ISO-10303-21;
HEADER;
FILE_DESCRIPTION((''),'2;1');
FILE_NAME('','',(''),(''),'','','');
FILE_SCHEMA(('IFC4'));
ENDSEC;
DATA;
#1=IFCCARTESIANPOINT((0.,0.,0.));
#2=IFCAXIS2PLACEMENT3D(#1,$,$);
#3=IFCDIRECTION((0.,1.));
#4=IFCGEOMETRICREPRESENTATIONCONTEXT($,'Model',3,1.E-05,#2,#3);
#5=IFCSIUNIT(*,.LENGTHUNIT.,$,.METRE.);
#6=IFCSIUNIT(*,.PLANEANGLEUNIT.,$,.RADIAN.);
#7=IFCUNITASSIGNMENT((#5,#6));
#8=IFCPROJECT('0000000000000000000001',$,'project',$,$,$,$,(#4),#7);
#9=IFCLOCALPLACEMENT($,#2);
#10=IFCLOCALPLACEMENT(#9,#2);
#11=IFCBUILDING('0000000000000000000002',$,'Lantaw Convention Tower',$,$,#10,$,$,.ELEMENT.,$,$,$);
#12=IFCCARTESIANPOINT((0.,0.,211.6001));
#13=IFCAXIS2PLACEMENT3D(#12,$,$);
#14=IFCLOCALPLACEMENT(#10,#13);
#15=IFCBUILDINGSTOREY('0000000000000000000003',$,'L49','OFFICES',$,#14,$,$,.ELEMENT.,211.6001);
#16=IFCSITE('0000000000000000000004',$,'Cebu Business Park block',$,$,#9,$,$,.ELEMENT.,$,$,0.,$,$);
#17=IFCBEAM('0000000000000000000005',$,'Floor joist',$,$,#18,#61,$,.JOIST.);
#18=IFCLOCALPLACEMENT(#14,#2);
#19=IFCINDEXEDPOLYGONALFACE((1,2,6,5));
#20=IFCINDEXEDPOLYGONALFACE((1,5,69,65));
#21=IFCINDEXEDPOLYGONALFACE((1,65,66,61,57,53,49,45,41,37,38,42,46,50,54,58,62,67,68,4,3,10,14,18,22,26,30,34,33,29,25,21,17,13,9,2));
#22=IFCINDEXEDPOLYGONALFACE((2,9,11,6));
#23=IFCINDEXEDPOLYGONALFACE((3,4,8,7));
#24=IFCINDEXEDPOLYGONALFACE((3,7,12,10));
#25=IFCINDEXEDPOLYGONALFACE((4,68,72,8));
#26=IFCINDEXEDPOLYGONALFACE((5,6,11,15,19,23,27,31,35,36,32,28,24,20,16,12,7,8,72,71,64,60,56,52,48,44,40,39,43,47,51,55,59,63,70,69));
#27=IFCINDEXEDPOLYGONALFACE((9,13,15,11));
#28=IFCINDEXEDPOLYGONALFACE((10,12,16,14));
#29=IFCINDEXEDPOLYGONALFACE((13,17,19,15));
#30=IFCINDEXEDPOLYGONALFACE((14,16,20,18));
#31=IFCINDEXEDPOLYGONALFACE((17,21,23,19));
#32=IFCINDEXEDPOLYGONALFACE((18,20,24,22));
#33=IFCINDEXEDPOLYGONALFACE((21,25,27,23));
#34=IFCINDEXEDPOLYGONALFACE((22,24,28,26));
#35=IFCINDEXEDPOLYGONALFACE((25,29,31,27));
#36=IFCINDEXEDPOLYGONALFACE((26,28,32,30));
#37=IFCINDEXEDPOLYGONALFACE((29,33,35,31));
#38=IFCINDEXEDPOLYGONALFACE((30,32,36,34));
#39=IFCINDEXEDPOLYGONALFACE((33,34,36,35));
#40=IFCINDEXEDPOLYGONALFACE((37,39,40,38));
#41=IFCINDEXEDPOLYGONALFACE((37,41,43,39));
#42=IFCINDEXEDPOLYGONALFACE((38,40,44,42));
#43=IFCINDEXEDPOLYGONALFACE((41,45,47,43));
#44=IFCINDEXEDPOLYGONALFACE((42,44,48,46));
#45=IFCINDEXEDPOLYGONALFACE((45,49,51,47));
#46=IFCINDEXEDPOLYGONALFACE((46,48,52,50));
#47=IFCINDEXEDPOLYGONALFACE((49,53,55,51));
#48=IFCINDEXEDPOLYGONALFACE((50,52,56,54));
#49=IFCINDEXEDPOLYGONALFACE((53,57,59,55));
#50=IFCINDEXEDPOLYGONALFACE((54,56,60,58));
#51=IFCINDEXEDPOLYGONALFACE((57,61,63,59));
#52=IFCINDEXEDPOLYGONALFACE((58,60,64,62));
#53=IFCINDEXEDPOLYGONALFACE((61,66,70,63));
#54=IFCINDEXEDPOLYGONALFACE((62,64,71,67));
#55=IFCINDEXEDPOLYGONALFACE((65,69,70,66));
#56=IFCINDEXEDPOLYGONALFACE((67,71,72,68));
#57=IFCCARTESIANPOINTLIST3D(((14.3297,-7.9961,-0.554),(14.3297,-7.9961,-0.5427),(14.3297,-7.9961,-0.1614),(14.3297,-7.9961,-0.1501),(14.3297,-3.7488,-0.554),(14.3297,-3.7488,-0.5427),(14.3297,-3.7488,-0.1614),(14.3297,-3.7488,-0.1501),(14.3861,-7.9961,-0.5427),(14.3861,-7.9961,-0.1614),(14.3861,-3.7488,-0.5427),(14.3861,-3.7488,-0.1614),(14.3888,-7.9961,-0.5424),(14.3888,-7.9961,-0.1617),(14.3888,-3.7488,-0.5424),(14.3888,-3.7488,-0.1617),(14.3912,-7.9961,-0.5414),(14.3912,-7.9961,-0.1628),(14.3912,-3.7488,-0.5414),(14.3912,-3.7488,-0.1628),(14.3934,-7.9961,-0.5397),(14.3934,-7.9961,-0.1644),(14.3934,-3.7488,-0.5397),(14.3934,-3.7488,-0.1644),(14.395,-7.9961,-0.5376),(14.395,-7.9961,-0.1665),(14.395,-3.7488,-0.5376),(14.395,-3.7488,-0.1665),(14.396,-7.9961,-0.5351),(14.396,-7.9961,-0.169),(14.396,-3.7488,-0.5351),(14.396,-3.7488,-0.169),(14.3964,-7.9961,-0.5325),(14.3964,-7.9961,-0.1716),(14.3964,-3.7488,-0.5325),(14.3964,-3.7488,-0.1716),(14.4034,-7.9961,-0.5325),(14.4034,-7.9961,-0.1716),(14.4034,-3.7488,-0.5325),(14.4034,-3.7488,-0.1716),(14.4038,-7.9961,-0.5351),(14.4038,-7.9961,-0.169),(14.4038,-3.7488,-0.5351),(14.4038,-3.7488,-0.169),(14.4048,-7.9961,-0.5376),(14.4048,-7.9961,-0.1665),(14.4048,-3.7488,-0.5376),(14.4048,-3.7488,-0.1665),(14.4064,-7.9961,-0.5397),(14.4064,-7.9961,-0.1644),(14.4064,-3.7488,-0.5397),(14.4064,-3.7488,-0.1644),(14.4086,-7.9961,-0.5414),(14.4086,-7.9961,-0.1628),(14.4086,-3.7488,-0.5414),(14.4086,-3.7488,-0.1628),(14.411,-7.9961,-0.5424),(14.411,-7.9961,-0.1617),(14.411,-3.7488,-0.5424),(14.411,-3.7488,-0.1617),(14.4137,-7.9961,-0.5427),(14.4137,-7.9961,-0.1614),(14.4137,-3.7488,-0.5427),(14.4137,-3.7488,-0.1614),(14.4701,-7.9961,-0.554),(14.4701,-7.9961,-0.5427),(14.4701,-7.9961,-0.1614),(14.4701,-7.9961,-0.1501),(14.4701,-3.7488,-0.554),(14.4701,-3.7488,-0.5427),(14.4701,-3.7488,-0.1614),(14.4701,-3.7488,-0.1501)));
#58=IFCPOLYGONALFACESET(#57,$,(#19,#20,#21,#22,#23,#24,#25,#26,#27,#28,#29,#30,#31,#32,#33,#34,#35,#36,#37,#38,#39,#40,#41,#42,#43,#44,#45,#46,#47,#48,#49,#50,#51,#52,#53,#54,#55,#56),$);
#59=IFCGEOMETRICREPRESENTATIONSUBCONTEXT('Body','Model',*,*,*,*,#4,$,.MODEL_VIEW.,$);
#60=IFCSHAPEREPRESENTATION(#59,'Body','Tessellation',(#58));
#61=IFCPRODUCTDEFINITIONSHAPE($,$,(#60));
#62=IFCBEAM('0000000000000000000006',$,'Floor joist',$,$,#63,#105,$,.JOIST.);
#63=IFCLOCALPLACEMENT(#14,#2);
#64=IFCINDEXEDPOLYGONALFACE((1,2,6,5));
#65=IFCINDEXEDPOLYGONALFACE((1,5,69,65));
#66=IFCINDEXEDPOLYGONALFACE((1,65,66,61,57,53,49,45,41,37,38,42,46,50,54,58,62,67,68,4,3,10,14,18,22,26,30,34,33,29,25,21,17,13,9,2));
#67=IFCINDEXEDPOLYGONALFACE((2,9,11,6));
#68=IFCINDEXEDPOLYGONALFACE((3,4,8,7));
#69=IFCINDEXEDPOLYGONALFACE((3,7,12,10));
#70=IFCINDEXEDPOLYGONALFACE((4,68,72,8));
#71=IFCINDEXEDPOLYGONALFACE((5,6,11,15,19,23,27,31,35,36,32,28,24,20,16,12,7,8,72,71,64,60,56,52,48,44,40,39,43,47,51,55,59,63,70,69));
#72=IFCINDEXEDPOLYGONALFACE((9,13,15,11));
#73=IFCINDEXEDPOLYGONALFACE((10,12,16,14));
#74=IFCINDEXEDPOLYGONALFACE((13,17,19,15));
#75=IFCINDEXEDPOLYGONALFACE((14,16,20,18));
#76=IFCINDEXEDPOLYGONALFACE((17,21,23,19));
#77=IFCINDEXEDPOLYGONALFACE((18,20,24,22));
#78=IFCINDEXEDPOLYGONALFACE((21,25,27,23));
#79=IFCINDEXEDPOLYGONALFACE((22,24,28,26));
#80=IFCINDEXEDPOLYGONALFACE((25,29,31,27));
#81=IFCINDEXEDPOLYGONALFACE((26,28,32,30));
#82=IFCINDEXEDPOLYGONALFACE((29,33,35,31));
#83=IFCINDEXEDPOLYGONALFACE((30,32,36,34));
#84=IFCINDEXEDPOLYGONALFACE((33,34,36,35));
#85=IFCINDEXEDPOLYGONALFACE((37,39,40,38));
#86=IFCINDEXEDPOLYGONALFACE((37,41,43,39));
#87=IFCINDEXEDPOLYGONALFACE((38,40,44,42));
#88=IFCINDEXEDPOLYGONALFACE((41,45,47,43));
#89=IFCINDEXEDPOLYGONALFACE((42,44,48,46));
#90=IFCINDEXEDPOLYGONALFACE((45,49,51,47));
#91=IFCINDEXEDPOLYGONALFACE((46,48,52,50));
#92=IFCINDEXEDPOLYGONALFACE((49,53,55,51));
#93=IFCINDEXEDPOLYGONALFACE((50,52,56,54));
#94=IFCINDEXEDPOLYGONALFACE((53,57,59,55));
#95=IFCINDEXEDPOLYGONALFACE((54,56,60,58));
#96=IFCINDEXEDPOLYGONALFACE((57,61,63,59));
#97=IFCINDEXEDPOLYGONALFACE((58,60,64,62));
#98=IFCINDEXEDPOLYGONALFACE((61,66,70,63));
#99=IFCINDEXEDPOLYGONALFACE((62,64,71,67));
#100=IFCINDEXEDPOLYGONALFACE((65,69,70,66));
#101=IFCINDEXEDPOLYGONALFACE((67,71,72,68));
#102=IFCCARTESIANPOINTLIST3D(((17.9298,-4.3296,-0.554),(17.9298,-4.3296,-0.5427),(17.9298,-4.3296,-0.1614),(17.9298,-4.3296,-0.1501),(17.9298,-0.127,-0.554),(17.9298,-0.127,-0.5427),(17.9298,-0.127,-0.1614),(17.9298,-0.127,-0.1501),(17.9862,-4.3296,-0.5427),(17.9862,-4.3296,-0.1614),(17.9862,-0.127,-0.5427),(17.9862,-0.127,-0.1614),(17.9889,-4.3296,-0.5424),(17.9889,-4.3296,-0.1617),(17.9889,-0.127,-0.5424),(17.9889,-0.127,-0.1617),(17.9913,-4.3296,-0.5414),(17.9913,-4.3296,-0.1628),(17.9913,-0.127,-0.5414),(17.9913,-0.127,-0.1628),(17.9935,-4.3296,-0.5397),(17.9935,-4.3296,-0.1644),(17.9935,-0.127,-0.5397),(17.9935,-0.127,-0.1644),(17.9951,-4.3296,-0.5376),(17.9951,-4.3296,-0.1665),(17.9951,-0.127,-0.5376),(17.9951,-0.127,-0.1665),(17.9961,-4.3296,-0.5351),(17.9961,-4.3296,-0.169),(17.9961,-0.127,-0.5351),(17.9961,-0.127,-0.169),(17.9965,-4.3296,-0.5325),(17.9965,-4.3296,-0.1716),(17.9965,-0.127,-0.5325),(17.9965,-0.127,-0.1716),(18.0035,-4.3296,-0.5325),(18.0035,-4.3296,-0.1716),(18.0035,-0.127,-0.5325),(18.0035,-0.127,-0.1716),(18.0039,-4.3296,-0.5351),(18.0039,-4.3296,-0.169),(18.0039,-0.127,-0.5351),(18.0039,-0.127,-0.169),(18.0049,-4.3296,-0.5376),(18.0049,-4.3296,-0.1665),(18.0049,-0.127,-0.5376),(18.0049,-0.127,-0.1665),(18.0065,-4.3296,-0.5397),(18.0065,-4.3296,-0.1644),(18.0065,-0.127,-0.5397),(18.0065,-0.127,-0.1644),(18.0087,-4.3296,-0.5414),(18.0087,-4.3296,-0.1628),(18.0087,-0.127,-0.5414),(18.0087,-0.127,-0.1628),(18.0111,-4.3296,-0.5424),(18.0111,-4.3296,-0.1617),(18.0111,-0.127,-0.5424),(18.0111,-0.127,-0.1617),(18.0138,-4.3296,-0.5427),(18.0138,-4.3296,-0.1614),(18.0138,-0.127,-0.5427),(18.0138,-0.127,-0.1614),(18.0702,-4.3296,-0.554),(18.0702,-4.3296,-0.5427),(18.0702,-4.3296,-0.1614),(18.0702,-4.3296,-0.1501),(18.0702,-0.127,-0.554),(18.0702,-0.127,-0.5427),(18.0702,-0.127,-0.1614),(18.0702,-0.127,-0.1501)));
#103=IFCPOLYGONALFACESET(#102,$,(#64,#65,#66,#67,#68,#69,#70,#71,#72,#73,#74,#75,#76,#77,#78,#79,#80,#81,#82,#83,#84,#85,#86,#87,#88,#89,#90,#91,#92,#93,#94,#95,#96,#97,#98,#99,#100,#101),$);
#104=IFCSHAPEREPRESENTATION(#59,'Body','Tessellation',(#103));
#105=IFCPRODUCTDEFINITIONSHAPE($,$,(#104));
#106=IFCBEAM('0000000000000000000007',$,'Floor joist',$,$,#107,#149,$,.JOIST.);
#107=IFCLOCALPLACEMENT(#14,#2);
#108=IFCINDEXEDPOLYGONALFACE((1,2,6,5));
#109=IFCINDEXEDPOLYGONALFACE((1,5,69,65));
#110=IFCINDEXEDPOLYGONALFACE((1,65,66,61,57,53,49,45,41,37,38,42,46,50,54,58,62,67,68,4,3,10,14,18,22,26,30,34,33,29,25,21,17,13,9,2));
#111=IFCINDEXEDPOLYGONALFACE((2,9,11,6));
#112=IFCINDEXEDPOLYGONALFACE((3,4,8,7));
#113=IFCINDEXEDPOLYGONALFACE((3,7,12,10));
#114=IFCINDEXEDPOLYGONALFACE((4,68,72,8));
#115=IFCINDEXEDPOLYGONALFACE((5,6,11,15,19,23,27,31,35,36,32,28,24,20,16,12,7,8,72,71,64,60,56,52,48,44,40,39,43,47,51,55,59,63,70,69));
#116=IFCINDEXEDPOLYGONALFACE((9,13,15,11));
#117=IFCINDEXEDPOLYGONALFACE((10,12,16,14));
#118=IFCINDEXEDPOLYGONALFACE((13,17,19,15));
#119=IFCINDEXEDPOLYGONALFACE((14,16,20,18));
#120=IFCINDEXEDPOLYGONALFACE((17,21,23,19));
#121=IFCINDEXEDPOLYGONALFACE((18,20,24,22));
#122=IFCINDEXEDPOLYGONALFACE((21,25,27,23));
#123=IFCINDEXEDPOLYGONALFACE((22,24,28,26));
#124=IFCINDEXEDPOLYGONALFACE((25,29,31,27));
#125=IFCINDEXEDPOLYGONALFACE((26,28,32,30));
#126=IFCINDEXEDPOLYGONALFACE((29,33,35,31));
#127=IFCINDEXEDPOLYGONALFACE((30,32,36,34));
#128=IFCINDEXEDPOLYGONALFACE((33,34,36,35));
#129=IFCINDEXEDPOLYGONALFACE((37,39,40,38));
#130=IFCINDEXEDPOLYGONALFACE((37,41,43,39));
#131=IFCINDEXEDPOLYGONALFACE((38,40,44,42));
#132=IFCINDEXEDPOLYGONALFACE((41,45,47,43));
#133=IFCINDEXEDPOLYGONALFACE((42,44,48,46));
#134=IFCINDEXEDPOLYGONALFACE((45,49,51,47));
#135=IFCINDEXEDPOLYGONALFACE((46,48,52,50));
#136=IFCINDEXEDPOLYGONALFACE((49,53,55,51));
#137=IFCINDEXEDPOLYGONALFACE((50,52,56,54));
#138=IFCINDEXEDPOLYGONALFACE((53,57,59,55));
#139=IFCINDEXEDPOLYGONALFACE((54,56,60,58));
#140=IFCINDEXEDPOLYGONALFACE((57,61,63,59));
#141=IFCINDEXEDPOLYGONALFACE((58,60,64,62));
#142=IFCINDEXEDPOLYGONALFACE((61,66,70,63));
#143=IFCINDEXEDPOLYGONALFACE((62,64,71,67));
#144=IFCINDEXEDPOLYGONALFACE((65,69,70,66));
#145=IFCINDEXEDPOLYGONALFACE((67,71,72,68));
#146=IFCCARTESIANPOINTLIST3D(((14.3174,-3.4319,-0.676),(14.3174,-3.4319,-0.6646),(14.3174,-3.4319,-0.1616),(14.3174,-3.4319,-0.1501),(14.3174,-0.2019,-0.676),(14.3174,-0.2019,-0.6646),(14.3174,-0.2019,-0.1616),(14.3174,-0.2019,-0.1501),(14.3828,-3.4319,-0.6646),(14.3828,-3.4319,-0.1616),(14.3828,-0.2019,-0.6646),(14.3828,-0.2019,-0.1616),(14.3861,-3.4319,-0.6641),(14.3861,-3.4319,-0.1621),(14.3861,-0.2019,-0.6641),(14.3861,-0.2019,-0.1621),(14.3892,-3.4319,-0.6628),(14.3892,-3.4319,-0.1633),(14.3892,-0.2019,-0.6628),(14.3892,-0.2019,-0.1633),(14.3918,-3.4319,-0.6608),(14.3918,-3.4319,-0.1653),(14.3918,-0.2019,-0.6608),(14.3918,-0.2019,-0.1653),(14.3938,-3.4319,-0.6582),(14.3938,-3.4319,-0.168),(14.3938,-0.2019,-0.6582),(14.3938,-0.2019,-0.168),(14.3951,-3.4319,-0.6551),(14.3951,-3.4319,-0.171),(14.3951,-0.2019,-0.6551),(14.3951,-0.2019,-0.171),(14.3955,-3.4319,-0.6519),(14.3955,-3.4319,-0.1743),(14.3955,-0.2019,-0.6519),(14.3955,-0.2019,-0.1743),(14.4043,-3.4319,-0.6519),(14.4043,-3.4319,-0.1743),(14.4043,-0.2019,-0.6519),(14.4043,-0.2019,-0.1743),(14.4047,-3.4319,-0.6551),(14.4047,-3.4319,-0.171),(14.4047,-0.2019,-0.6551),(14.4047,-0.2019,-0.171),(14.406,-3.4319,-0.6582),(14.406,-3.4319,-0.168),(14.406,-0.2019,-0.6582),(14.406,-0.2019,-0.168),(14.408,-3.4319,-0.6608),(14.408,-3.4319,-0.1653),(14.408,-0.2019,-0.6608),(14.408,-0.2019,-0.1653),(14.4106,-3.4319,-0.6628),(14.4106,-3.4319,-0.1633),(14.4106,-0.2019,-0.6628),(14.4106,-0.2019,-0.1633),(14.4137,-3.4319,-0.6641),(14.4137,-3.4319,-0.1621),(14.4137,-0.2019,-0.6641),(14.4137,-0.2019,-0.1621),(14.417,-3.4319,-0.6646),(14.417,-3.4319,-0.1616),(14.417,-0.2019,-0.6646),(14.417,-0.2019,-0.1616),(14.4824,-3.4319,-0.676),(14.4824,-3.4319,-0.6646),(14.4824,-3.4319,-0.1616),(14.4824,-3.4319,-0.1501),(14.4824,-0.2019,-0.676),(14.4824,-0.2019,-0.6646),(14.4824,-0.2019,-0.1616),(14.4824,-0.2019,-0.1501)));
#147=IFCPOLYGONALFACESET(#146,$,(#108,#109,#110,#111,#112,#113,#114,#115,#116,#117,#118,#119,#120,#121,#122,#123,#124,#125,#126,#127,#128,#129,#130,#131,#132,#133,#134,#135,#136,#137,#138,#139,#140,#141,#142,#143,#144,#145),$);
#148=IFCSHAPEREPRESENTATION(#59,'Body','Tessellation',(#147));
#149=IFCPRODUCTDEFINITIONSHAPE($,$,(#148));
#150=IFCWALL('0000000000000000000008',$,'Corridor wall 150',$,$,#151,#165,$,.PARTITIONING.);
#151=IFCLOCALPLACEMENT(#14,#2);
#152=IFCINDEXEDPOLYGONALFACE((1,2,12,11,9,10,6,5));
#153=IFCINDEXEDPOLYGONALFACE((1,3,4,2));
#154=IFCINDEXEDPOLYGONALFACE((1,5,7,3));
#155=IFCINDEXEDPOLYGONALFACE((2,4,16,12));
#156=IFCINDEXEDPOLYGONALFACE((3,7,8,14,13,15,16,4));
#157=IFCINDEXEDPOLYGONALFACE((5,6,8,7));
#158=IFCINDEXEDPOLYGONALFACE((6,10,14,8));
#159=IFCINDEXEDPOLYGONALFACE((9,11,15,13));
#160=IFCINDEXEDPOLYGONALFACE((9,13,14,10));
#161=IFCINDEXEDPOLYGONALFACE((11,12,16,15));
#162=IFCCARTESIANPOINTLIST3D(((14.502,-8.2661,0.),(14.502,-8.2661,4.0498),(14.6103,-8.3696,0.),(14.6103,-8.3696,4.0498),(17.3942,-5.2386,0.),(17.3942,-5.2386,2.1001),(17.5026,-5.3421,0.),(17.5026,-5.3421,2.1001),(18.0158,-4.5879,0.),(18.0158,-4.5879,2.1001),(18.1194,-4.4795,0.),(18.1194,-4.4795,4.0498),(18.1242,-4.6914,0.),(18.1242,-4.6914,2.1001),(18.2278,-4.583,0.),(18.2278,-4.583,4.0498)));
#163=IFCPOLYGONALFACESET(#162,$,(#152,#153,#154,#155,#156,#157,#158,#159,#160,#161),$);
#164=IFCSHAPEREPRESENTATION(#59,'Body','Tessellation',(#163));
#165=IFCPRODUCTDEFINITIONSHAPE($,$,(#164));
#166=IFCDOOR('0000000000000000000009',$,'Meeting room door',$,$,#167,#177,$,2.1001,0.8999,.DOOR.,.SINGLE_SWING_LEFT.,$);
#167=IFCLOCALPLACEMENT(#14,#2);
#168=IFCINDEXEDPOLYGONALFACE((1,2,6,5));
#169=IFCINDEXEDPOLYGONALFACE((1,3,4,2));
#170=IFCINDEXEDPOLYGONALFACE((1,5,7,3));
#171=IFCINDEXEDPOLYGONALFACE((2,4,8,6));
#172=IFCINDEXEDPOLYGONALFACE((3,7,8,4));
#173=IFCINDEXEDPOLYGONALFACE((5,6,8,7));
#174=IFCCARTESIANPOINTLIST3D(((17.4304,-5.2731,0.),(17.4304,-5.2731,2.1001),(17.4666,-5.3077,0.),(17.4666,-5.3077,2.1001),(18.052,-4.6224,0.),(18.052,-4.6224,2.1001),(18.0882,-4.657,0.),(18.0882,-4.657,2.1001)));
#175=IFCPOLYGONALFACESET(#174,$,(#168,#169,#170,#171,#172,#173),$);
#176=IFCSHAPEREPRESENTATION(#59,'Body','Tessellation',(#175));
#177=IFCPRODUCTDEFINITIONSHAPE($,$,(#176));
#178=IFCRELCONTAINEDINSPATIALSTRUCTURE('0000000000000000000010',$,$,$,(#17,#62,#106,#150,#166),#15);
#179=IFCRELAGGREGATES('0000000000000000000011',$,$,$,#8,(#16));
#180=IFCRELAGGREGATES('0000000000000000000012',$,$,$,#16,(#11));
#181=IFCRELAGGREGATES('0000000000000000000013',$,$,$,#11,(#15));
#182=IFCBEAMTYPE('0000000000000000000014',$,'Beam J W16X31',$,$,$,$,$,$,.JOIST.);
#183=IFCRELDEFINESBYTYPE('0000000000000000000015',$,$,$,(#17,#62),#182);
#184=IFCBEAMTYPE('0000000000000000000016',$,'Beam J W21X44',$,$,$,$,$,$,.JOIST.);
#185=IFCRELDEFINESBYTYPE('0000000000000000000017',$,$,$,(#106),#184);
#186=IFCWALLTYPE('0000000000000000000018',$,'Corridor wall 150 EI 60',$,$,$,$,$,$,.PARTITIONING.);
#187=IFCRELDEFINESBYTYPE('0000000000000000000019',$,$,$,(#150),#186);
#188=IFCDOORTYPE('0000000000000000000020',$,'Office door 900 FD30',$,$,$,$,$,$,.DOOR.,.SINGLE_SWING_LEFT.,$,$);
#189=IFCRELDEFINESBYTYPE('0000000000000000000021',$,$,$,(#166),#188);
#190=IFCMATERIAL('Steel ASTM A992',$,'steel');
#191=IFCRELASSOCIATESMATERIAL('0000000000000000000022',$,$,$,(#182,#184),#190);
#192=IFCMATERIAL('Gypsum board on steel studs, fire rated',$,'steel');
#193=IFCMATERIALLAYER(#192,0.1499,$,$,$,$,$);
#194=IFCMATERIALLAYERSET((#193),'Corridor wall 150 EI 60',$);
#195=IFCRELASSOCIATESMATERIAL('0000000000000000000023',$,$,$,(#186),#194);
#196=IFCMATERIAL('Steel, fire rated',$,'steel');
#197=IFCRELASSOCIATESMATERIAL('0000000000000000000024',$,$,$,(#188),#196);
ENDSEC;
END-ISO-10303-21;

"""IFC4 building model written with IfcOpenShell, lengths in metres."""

from ifc_helpers import new_model, si_unit, direction, frame, frame_2d, origin, origin_2d, place, context, subcontext, project, spatial, rectangle, i_section, extrude, material, layer, layer_set, material_profile, profile_set, type_object, element, fill, save


model = new_model("IFC4")

# Units and contexts
model_context = context("Model", 3, precision=1e-05, world=origin(), true_north=direction((0.0, 1.0)))
body_context = subcontext(model_context, "Body", "Model", "MODEL_VIEW")
ifc_project = project(units=[si_unit("LENGTHUNIT", "METRE"), si_unit("PLANEANGLEUNIT", "RADIAN")], contexts=[model_context])

# Site, building, storey
site_placement = place(None, origin())
site = spatial("IfcSite", under=ifc_project, at=site_placement, Name="Cebu Business Park block", CompositionType="ELEMENT", RefElevation=0.0)
building_placement = place(site_placement, origin())
building = spatial("IfcBuilding", under=site, at=building_placement, Name="Lantaw Convention Tower", CompositionType="ELEMENT")
storey_placement = place(building_placement, frame((0.0, 0.0, 211.6001)))
storey = spatial("IfcBuildingStorey", under=building, at=storey_placement, Name="L49", Description="OFFICES", CompositionType="ELEMENT", Elevation=211.6001)

# Beams
ifc_material_1 = material(Name="Steel ASTM A992", Category="steel")
ifc_material_profile_1 = material_profile(ifc_material_1, i_section(OverallWidth=0.1404, OverallDepth=0.4038, WebThickness=0.0071, FlangeThickness=0.0112, FilletRadius=0.0103, at=origin_2d()), Name="W16X31")
ifc_profile_set_1 = profile_set([ifc_material_profile_1], Name="Steel ASTM A992")
beam_type_1 = type_object("IfcBeamType", Name="Beam J W16X31", PredefinedType="JOIST", material=ifc_profile_set_1)
beam_1_placement = place(storey_placement, frame((14.3999, -7.9961, -0.3521), z_axis=(0.0, 1.0, 0.0), x_axis=(-1.0, 0.0, 0.0)))
element("IfcBeam", 1, at=beam_1_placement, inside=storey, type_object=beam_type_1, Name="Floor joist", PredefinedType="JOIST", context=body_context, shape_type="SweptSolid", body=[
    extrude(i_section(OverallWidth=0.1404, OverallDepth=0.4038, WebThickness=0.0071, FlangeThickness=0.0112, FilletRadius=0.0103, at=origin_2d()), origin(), (0.0, 0.0, 1.0), 4.2473),
])
beam_2_placement = place(storey_placement, frame((18.0, -4.3296, -0.3521), z_axis=(0.0, 1.0, 0.0), x_axis=(-1.0, 0.0, 0.0)))
element("IfcBeam", 2, at=beam_2_placement, inside=storey, type_object=beam_type_1, Name="Floor joist", PredefinedType="JOIST", context=body_context, shape_type="SweptSolid", body=[
    extrude(i_section(OverallWidth=0.1404, OverallDepth=0.4038, WebThickness=0.0071, FlangeThickness=0.0112, FilletRadius=0.0103, at=origin_2d()), origin(), (0.0, 0.0, 1.0), 4.2026),
])
ifc_material_profile_2 = material_profile(ifc_material_1, i_section(OverallWidth=0.165, OverallDepth=0.5259, WebThickness=0.0088, FlangeThickness=0.0115, FilletRadius=0.0127, at=origin_2d()), Name="W21X44")
ifc_profile_set_2 = profile_set([ifc_material_profile_2], Name="Steel ASTM A992")
beam_type_2 = type_object("IfcBeamType", Name="Beam J W21X44", PredefinedType="JOIST", material=ifc_profile_set_2)
beam_3_placement = place(storey_placement, frame((14.3999, -3.4319, -0.4131), z_axis=(0.0, 1.0, 0.0), x_axis=(-1.0, 0.0, 0.0)))
element("IfcBeam", 3, at=beam_3_placement, inside=storey, type_object=beam_type_2, Name="Floor joist", PredefinedType="JOIST", context=body_context, shape_type="SweptSolid", body=[
    extrude(i_section(OverallWidth=0.165, OverallDepth=0.5259, WebThickness=0.0088, FlangeThickness=0.0115, FilletRadius=0.0127, at=origin_2d()), origin(), (0.0, 0.0, 1.0), 3.23),
])

# Wall, opening, door
ifc_material_2 = material(Name="Gypsum board on steel studs, fire rated", Category="steel")
ifc_layer_1 = layer(ifc_material_2, 0.1499)
ifc_layer_set_1 = layer_set([ifc_layer_1], Name="Corridor wall 150 EI 60")
wall_type_1 = type_object("IfcWallType", Name="Corridor wall 150 EI 60", PredefinedType="PARTITIONING", material=ifc_layer_set_1)
wall_1_placement = place(storey_placement, frame((14.5562, -8.3179, 0.0), z_axis=(0.0, 0.0, 1.0), x_axis=(0.690768, 0.723076, 0.0)))
wall_1 = element("IfcWall", 4, at=wall_1_placement, inside=storey, type_object=wall_type_1, Name="Corridor wall 150", PredefinedType="PARTITIONING", context=body_context, shape_type="SweptSolid", body=[
    extrude(rectangle(XDim=5.2368, YDim=0.1499, at=frame_2d((2.6184, 0.0))), origin(), (0.0, 0.0, 1.0), 4.0498),
])
opening_1_placement = place(wall_1_placement, frame((4.187, 0.0, 0.0)))
opening_1 = element("IfcOpeningElement", 5, at=opening_1_placement, cuts=wall_1, PredefinedType="OPENING", context=body_context, shape_type="SweptSolid", body=[
    extrude(rectangle(XDim=0.8999, YDim=2.1001, at=frame_2d((0.45, 1.05))), frame((0.0, 0.085, 0.0), z_axis=(0.0, -1.0, 0.0), x_axis=(1.0, 0.0, 0.0)), (0.0, 0.0, 1.0), 0.1699),
])
ifc_material_3 = material(Name="Steel, fire rated", Category="steel")
door_type_1 = type_object("IfcDoorType", Name="Office door 900 FD30", OperationType="SINGLE_SWING_LEFT", PredefinedType="DOOR", material=ifc_material_3)
door_1_placement = place(opening_1_placement, origin())
door_1 = element("IfcDoor", 6, at=door_1_placement, inside=storey, type_object=door_type_1, Name="Meeting room door", OperationType="SINGLE_SWING_LEFT", OverallHeight=2.1001, OverallWidth=0.8999, PredefinedType="DOOR", context=body_context, shape_type="SweptSolid", body=[
    extrude(rectangle(XDim=0.8999, YDim=2.1001, at=frame_2d((0.45, 1.05))), frame((0.0, 0.0249, 0.0), z_axis=(0.0, -1.0, 0.0), x_axis=(1.0, 0.0, 0.0)), (0.0, 0.0, 1.0), 0.05),
])
fill(opening_1, door_1)

save(model, "model.ifc")
